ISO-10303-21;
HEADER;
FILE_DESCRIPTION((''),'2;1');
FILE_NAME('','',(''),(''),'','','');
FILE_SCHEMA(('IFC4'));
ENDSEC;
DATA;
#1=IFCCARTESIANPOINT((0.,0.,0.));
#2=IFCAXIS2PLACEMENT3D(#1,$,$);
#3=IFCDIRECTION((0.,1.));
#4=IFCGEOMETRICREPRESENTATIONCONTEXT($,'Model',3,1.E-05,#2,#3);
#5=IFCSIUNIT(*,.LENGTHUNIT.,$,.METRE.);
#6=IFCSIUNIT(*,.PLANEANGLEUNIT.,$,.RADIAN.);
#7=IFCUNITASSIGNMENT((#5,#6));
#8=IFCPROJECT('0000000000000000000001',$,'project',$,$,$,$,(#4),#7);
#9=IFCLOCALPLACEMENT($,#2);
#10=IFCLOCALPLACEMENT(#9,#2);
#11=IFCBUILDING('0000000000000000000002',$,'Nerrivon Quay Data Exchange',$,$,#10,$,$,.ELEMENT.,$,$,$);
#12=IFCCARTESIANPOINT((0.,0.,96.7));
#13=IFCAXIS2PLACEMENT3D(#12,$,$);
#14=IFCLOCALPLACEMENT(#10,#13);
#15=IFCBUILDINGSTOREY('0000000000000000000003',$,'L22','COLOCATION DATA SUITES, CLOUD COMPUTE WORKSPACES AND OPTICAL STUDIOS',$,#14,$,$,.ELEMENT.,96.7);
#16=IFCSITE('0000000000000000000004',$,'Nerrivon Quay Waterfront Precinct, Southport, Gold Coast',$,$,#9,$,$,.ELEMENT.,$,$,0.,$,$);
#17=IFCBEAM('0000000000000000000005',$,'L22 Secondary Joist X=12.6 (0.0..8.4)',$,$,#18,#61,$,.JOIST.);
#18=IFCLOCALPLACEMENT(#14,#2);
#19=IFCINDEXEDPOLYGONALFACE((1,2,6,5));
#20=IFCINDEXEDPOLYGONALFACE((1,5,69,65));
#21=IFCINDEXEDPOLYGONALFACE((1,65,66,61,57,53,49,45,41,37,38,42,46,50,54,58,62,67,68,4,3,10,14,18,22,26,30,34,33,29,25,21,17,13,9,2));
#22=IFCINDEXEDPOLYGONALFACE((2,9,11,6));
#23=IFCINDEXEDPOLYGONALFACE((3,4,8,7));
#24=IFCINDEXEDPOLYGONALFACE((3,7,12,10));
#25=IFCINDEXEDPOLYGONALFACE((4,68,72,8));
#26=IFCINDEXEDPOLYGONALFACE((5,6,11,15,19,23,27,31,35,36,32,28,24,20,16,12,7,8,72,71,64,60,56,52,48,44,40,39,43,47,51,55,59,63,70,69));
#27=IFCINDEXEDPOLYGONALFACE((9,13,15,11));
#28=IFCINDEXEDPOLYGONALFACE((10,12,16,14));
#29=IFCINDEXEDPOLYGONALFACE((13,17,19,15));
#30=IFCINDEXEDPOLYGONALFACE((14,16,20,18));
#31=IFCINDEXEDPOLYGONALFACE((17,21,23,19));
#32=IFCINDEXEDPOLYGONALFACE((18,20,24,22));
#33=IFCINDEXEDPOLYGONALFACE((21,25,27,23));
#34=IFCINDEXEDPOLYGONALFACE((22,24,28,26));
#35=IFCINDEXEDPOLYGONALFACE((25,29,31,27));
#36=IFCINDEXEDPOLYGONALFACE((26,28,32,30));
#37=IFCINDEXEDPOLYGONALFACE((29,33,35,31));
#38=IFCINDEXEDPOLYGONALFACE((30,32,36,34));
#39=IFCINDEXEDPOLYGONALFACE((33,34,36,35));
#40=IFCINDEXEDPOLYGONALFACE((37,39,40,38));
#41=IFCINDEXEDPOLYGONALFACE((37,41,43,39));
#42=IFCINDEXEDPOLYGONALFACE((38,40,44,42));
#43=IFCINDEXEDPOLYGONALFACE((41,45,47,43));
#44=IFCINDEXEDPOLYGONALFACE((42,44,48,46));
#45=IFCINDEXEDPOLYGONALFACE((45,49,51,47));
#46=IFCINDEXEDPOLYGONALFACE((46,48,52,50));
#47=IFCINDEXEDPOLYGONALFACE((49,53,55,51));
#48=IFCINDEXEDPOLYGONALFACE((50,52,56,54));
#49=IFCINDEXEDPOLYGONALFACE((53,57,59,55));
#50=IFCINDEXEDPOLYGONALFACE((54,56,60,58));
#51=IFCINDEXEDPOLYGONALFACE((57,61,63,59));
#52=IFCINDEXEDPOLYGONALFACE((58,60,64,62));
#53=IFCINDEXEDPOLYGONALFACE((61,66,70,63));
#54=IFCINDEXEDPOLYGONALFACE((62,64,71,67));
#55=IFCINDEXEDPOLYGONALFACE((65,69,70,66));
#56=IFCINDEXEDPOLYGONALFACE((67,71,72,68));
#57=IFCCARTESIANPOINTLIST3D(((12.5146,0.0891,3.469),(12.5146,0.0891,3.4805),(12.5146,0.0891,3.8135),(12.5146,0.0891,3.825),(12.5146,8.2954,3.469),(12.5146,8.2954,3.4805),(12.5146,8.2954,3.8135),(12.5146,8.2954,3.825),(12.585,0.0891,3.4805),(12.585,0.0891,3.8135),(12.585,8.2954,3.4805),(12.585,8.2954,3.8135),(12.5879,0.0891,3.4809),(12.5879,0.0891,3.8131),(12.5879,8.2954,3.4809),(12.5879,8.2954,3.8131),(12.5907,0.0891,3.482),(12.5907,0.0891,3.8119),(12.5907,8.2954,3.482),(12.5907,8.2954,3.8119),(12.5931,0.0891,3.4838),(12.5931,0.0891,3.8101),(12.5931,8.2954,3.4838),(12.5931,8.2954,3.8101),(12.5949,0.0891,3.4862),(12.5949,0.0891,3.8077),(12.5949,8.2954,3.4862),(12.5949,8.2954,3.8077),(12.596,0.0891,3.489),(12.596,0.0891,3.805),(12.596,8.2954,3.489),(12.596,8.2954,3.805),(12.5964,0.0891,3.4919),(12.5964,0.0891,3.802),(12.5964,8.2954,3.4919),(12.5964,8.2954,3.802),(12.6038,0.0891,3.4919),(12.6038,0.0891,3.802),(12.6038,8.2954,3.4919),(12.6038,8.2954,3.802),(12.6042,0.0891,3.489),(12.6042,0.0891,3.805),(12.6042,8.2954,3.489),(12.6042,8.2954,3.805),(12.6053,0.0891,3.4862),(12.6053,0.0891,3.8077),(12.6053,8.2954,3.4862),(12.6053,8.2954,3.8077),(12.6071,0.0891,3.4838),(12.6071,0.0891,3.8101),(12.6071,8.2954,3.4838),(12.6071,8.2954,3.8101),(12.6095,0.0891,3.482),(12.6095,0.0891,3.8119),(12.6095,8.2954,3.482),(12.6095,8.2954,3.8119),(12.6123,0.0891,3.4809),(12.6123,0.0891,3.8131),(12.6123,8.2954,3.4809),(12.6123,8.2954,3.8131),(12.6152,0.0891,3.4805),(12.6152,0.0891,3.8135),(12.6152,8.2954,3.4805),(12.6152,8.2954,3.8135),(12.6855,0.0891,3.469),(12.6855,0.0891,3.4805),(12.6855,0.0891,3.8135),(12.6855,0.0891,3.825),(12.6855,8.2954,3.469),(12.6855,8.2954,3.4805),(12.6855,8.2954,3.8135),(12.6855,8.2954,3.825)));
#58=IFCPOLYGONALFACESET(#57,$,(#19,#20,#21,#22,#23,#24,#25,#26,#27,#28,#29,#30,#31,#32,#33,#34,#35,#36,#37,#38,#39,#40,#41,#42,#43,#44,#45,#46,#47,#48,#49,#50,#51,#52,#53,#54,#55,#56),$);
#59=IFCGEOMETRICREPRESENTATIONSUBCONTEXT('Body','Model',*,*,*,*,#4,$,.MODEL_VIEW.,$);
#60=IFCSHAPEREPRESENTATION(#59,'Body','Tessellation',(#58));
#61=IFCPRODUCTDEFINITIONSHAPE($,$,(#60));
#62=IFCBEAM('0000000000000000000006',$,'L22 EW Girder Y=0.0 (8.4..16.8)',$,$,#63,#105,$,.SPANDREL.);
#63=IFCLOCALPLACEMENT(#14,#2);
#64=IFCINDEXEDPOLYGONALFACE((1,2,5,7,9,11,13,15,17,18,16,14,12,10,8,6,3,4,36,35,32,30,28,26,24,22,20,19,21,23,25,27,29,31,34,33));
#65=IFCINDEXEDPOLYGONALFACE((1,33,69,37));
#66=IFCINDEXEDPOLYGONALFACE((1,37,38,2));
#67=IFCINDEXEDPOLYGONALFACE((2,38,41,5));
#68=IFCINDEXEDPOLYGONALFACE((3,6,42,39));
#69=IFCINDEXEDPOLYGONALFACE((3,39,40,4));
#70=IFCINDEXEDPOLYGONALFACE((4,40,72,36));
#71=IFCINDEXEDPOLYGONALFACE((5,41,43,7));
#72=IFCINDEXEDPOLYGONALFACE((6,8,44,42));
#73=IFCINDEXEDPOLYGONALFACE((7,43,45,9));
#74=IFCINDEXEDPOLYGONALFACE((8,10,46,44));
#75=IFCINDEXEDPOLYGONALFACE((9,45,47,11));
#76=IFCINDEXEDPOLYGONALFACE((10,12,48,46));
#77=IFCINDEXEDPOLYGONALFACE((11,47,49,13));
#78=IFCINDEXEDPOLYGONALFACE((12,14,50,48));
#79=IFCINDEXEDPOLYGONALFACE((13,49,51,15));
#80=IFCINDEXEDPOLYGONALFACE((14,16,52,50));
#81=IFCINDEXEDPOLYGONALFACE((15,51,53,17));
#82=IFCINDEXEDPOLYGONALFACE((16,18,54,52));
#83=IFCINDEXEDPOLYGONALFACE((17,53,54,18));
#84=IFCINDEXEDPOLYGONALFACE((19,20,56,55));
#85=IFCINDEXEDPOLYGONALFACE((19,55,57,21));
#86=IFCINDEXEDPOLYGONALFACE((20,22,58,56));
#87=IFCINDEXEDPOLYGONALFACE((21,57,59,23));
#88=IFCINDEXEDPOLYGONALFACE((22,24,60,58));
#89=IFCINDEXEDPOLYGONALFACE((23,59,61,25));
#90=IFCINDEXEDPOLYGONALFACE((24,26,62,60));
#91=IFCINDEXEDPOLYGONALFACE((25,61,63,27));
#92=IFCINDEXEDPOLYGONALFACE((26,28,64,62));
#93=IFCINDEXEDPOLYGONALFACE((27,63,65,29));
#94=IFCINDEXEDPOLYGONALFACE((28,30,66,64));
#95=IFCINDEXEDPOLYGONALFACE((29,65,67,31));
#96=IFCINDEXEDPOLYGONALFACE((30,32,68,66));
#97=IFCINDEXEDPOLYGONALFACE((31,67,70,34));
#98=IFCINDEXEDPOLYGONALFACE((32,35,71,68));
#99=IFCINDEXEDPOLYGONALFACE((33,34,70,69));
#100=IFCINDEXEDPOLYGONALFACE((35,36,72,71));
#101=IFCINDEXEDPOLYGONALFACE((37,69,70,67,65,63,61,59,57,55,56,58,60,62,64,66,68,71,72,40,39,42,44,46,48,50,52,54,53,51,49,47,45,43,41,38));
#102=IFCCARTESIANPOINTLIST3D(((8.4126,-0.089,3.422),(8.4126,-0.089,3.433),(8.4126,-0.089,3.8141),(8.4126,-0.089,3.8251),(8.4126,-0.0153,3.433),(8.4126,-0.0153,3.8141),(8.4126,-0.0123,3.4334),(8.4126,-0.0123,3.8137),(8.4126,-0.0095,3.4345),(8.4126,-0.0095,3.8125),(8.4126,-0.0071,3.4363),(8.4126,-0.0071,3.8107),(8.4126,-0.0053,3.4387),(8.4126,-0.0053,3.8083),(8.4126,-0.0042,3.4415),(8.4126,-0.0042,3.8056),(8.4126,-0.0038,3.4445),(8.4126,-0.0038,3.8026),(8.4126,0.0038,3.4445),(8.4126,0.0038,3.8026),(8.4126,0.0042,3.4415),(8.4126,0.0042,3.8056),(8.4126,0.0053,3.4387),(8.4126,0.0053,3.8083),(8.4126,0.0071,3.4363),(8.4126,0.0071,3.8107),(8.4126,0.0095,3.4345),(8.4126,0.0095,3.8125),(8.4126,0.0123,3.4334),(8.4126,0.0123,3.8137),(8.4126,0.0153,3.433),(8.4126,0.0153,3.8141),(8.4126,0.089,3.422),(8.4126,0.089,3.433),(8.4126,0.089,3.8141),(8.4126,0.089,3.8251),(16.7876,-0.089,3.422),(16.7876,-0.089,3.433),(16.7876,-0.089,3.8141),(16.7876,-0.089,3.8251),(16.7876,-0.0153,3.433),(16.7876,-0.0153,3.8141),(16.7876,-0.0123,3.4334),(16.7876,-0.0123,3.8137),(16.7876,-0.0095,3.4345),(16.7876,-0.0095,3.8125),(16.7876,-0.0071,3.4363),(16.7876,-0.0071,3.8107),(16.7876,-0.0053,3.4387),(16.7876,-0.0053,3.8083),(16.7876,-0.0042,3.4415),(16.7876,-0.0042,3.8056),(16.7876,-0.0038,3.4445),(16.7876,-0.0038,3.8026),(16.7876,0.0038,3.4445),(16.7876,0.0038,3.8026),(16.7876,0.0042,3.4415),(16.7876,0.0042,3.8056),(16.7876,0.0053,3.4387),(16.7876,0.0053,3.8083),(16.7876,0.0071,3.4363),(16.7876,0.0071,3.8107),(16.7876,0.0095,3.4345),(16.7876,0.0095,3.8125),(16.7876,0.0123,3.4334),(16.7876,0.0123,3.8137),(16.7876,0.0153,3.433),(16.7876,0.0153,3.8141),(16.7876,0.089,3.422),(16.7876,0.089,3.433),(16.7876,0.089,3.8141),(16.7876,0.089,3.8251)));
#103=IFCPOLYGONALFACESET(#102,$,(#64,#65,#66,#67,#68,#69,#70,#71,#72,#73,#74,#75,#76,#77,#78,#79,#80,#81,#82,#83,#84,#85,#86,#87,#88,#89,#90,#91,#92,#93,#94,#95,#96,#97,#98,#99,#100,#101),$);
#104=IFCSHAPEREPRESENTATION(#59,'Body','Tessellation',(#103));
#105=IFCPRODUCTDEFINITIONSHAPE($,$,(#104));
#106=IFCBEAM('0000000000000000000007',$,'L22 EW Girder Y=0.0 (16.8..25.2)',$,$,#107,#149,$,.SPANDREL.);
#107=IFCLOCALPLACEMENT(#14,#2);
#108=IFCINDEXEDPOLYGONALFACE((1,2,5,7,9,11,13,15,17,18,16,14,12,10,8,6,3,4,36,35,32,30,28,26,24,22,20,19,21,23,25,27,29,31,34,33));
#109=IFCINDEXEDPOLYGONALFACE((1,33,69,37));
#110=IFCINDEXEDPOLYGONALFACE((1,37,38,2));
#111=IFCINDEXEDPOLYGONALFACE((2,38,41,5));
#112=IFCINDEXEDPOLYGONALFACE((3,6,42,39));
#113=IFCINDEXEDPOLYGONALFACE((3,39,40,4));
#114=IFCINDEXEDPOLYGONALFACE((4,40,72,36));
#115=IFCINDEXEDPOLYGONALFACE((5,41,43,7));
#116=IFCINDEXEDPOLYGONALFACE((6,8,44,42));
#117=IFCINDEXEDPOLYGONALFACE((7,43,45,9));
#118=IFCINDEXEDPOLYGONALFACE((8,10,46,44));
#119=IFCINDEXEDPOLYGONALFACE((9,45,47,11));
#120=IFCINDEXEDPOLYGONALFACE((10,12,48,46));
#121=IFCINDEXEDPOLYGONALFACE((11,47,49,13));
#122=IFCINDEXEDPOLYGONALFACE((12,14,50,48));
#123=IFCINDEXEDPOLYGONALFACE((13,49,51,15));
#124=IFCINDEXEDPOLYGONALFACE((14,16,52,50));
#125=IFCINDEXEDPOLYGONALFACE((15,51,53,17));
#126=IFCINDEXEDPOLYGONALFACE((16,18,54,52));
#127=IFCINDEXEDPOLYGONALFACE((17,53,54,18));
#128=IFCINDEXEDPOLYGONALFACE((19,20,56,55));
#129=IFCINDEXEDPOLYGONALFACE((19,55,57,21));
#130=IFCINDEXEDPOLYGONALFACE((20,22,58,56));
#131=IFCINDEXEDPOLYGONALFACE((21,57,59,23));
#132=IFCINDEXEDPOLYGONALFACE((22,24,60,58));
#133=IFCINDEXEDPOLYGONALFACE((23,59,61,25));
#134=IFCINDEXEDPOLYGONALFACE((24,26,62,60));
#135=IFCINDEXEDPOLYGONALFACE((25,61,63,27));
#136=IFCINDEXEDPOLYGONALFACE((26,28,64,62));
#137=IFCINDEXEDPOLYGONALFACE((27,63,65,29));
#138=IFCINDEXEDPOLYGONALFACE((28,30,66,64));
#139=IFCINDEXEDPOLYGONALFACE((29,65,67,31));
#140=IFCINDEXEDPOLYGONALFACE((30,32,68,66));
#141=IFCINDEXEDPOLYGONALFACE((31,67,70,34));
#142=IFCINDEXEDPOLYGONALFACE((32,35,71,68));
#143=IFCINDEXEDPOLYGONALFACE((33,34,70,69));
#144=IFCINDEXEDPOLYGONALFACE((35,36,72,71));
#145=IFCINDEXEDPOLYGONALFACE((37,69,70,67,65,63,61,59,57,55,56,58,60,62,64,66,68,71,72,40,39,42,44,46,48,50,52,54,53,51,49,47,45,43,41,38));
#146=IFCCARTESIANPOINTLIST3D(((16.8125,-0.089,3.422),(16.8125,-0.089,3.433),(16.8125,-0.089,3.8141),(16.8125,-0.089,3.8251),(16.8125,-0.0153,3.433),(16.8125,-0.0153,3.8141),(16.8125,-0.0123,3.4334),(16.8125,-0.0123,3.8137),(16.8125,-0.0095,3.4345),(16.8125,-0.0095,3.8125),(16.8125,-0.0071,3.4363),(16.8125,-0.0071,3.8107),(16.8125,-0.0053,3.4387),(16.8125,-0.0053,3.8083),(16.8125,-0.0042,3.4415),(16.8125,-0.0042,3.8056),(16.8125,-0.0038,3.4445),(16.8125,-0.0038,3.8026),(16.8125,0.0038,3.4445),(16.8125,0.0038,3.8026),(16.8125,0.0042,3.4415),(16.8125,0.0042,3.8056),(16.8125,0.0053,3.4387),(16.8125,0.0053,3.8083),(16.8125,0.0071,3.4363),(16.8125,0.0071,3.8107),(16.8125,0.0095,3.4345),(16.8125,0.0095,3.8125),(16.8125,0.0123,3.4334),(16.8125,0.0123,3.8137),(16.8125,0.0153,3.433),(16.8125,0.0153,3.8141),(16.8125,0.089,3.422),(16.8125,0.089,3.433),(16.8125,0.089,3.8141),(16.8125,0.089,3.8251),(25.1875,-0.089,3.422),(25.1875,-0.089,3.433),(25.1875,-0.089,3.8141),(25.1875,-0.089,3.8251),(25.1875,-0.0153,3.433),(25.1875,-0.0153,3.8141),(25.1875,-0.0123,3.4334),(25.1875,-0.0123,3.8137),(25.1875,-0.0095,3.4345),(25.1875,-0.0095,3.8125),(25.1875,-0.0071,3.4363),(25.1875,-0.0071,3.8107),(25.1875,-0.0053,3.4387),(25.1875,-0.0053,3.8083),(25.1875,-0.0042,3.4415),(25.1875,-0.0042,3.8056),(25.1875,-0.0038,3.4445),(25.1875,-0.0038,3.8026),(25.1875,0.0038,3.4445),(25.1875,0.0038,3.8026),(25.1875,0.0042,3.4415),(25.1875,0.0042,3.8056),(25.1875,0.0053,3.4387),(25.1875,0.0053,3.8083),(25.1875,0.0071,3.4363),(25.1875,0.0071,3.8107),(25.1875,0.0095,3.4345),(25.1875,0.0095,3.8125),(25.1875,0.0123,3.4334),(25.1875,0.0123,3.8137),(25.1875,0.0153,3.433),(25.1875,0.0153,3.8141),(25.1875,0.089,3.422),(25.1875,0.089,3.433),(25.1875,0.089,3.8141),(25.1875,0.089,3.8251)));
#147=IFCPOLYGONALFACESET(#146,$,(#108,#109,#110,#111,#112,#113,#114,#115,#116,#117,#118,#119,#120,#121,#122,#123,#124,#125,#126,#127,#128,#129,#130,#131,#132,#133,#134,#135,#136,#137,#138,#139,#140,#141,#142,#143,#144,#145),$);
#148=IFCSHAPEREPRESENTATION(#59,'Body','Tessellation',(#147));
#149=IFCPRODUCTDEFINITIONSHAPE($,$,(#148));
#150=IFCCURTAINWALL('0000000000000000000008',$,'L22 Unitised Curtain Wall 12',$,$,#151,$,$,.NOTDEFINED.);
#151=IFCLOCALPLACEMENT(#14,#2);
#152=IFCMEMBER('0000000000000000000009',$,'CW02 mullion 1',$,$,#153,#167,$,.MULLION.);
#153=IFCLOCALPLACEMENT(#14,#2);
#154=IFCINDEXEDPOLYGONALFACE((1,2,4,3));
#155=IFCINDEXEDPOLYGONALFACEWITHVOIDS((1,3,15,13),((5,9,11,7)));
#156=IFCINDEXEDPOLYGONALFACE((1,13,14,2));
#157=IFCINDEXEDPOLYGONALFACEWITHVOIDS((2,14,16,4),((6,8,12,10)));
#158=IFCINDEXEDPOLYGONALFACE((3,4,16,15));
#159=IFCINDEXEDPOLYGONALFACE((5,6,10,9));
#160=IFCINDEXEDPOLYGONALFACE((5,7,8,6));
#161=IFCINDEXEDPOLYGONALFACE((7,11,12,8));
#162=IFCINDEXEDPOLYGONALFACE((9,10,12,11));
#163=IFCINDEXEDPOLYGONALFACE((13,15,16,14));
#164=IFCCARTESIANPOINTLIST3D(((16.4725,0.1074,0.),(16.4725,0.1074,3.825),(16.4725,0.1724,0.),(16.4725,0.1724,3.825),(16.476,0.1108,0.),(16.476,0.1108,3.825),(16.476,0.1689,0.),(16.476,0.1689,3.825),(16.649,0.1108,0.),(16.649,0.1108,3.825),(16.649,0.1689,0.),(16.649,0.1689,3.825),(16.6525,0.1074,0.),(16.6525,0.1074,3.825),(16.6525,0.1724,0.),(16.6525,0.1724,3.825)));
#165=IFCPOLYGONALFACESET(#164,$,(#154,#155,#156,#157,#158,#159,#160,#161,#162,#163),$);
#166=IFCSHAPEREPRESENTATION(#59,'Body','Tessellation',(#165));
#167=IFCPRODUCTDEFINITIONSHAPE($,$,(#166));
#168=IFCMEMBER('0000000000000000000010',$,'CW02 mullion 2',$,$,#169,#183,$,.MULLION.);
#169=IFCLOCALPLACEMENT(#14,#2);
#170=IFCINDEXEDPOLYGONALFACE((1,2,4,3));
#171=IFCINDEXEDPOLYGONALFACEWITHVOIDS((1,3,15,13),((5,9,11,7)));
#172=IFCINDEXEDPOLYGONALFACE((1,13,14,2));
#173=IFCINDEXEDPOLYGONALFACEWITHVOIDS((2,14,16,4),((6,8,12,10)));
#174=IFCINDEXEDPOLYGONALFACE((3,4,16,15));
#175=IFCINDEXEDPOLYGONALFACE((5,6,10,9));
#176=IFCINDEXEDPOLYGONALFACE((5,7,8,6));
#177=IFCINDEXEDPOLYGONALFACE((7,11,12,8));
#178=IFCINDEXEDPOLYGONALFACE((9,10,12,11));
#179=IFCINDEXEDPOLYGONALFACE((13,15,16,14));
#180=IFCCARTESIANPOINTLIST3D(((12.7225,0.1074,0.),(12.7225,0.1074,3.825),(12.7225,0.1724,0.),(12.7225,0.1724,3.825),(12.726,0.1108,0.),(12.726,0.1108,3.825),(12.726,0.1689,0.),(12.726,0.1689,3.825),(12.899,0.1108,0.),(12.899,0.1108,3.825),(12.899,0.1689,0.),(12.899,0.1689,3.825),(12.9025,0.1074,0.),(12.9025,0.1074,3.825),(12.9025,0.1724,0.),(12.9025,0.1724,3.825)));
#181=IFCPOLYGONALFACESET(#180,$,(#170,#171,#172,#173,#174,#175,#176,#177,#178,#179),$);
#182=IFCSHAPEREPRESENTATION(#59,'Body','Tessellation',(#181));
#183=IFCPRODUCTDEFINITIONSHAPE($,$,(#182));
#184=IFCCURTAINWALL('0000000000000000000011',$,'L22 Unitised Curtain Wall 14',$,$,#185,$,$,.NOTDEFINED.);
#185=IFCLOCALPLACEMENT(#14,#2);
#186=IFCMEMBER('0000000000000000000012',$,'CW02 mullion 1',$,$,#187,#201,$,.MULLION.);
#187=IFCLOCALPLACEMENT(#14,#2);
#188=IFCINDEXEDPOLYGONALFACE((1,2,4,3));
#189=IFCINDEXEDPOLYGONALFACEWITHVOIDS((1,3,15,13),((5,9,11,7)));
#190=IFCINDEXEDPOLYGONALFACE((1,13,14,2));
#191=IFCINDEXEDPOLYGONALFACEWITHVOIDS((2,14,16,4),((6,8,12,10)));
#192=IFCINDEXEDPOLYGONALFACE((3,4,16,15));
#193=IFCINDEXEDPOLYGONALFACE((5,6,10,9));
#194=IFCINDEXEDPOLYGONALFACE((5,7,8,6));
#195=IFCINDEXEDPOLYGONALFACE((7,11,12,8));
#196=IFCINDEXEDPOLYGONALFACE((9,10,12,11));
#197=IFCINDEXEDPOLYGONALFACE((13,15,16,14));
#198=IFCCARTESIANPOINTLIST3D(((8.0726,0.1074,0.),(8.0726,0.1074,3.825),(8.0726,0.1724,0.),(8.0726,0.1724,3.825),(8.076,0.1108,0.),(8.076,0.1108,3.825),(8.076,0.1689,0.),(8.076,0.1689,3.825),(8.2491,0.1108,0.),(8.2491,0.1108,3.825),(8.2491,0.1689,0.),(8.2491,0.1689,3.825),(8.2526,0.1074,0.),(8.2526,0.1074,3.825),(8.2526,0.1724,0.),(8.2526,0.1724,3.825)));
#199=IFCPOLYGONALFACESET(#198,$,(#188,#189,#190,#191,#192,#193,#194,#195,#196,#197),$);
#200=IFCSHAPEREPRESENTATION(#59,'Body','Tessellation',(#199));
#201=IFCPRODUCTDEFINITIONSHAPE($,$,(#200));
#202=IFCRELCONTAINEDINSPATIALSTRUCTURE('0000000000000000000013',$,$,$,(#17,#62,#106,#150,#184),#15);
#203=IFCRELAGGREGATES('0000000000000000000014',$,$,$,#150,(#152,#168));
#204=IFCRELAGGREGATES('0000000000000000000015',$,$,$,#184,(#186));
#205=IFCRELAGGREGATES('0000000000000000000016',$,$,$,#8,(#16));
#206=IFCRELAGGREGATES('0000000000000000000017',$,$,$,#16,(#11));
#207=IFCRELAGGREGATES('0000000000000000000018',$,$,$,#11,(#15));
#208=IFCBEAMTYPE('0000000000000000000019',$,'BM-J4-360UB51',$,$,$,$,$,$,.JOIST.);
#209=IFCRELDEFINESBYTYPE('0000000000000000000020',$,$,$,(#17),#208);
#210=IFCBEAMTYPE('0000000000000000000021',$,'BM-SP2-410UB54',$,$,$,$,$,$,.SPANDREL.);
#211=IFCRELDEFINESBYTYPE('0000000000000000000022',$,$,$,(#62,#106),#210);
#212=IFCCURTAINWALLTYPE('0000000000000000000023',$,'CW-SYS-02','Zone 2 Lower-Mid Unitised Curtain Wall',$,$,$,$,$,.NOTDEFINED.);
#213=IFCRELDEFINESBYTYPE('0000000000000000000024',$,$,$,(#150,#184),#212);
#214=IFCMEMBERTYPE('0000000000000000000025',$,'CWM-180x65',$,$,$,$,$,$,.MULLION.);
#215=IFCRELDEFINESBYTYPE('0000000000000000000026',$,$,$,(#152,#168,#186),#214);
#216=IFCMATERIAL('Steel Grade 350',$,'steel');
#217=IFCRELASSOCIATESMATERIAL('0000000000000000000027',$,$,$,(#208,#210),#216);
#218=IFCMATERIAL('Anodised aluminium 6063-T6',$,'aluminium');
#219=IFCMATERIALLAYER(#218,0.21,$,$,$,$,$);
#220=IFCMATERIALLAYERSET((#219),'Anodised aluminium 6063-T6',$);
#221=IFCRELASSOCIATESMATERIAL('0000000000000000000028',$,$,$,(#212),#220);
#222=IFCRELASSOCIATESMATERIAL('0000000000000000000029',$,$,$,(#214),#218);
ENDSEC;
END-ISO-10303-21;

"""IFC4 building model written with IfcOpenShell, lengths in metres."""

from ifc_helpers import new_model, si_unit, direction, frame, origin, origin_2d, place, context, subcontext, project, spatial, hollow_rectangle, i_section, extrude, material, layer, layer_set, material_profile, profile_set, type_object, element, aggregate, save


model = new_model("IFC4")

# Units and contexts
model_context = context("Model", 3, precision=1e-05, world=origin(), true_north=direction((0.0, 1.0)))
body_context = subcontext(model_context, "Body", "Model", "MODEL_VIEW")
ifc_project = project(units=[si_unit("LENGTHUNIT", "METRE"), si_unit("PLANEANGLEUNIT", "RADIAN")], contexts=[model_context])

# Site, building, storey
site_placement = place(None, origin())
site = spatial("IfcSite", under=ifc_project, at=site_placement, Name="Nerrivon Quay Waterfront Precinct, Southport, Gold Coast", CompositionType="ELEMENT", RefElevation=0.0)
building_placement = place(site_placement, origin())
building = spatial("IfcBuilding", under=site, at=building_placement, Name="Nerrivon Quay Data Exchange", CompositionType="ELEMENT")
storey_placement = place(building_placement, frame((0.0, 0.0, 96.7)))
storey = spatial("IfcBuildingStorey", under=building, at=storey_placement, Name="L22", Description="COLOCATION DATA SUITES, CLOUD COMPUTE WORKSPACES AND OPTICAL STUDIOS", CompositionType="ELEMENT", Elevation=96.7)

# Shared definitions
ifc_material_1 = material(Name="Steel Grade 350", Category="steel")

# Beams
ifc_material_profile_1 = material_profile(ifc_material_1, i_section(OverallWidth=0.1709, OverallDepth=0.356, WebThickness=0.0073, FlangeThickness=0.0115, FilletRadius=0.0115, at=origin_2d()), Name="360UB50.7")
ifc_profile_set_1 = profile_set([ifc_material_profile_1], Name="Steel Grade 350")
beam_type_1 = type_object("IfcBeamType", Name="BM-J4-360UB51", PredefinedType="JOIST", material=ifc_profile_set_1)
beam_1_placement = place(storey_placement, frame((12.6001, 0.0891, 3.647), z_axis=(0.0, 1.0, 0.0), x_axis=(-1.0, 0.0, 0.0)))
element("IfcBeam", 1, at=beam_1_placement, inside=storey, type_object=beam_type_1, Name="L22 Secondary Joist X=12.6 (0.0..8.4)", PredefinedType="JOIST", context=body_context, shape_type="SweptSolid", body=[
    extrude(i_section(OverallWidth=0.1709, OverallDepth=0.356, WebThickness=0.0073, FlangeThickness=0.0115, FilletRadius=0.0115, at=origin_2d()), origin(), (0.0, 0.0, 1.0), 8.2063),
])
ifc_material_profile_2 = material_profile(ifc_material_1, i_section(OverallWidth=0.178, OverallDepth=0.4031, WebThickness=0.0076, FlangeThickness=0.011, FilletRadius=0.0115, at=origin_2d()), Name="410UB53.7")
ifc_profile_set_2 = profile_set([ifc_material_profile_2], Name="Steel Grade 350")
beam_type_2 = type_object("IfcBeamType", Name="BM-SP2-410UB54", PredefinedType="SPANDREL", material=ifc_profile_set_2)
for number, where, z_axis, x_axis, name in (
    (2, (8.4126, 0.0, 3.6235), (1.0, 0.0, 0.0), (0.0, 1.0, 0.0), "L22 EW Girder Y=0.0 (8.4..16.8)"),
    (3, (16.8125, 0.0, 3.6235), (1.0, 0.0, 0.0), (0.0, 1.0, 0.0), "L22 EW Girder Y=0.0 (16.8..25.2)"),
):
    element("IfcBeam", number, at=place(storey_placement, frame(where, z_axis=z_axis, x_axis=x_axis)), inside=storey, type_object=beam_type_2, Name=name, PredefinedType="SPANDREL", context=body_context, shape_type="SweptSolid", body=[
        extrude(i_section(OverallWidth=0.178, OverallDepth=0.4031, WebThickness=0.0076, FlangeThickness=0.011, FilletRadius=0.0115, at=origin_2d()), origin(), (0.0, 0.0, 1.0), 8.375),
    ])

# Curtain wall, members
ifc_material_2 = material(Name="Anodised aluminium 6063-T6", Category="aluminium")
ifc_layer_1 = layer(ifc_material_2, 0.21)
ifc_layer_set_1 = layer_set([ifc_layer_1], Name="Anodised aluminium 6063-T6")
curtain_wall_type = type_object("IfcCurtainWallType", Name="CW-SYS-02", Description="Zone 2 Lower-Mid Unitised Curtain Wall", PredefinedType="NOTDEFINED", material=ifc_layer_set_1)
curtain_wall_1_placement = place(storey_placement, origin())
curtain_wall_1 = element("IfcCurtainWall", 4, at=curtain_wall_1_placement, inside=storey, type_object=curtain_wall_type, Name="L22 Unitised Curtain Wall 12", PredefinedType="NOTDEFINED")
ifc_material_profile_3 = material_profile(ifc_material_2, hollow_rectangle(XDim=0.0649, YDim=0.1799, WallThickness=0.0034, at=origin_2d()), Name="ALU-MULL-180x65")
ifc_profile_set_3 = profile_set([ifc_material_profile_3], Name="Anodised aluminium 6063-T6")
member_type_1 = type_object("IfcMemberType", Name="CWM-180x65", PredefinedType="MULLION", material=ifc_profile_set_3)
member_1_placement = place(storey_placement, frame((16.5625, 0.1399, 0.0), z_axis=(0.0, 0.0, 1.0), x_axis=(0.0, -1.0, 0.0)))
member_1 = element("IfcMember", 5, at=member_1_placement, type_object=member_type_1, Name="CW02 mullion 1", PredefinedType="MULLION", context=body_context, shape_type="SweptSolid", body=[
    extrude(hollow_rectangle(XDim=0.0649, YDim=0.1799, WallThickness=0.0034, at=origin_2d()), origin(), (0.0, 0.0, 1.0), 3.825),
])
member_2_placement = place(storey_placement, frame((12.8125, 0.1399, 0.0), z_axis=(0.0, 0.0, 1.0), x_axis=(0.0, -1.0, 0.0)))
member_2 = element("IfcMember", 6, at=member_2_placement, type_object=member_type_1, Name="CW02 mullion 2", PredefinedType="MULLION", context=body_context, shape_type="SweptSolid", body=[
    extrude(hollow_rectangle(XDim=0.0649, YDim=0.1799, WallThickness=0.0034, at=origin_2d()), origin(), (0.0, 0.0, 1.0), 3.825),
])

# Curtain wall, member
curtain_wall_2_placement = place(storey_placement, origin())
curtain_wall_2 = element("IfcCurtainWall", 7, at=curtain_wall_2_placement, inside=storey, type_object=curtain_wall_type, Name="L22 Unitised Curtain Wall 14", PredefinedType="NOTDEFINED")
member_3_placement = place(storey_placement, frame((8.1626, 0.1399, 0.0), z_axis=(0.0, 0.0, 1.0), x_axis=(0.0, -1.0, 0.0)))
member_3 = element("IfcMember", 8, at=member_3_placement, type_object=member_type_1, Name="CW02 mullion 1", PredefinedType="MULLION", context=body_context, shape_type="SweptSolid", body=[
    extrude(hollow_rectangle(XDim=0.0649, YDim=0.1799, WallThickness=0.0034, at=origin_2d()), origin(), (0.0, 0.0, 1.0), 3.825),
])

aggregate(curtain_wall_1, [member_1, member_2])
aggregate(curtain_wall_2, [member_3])

save(model, "model.ifc")
